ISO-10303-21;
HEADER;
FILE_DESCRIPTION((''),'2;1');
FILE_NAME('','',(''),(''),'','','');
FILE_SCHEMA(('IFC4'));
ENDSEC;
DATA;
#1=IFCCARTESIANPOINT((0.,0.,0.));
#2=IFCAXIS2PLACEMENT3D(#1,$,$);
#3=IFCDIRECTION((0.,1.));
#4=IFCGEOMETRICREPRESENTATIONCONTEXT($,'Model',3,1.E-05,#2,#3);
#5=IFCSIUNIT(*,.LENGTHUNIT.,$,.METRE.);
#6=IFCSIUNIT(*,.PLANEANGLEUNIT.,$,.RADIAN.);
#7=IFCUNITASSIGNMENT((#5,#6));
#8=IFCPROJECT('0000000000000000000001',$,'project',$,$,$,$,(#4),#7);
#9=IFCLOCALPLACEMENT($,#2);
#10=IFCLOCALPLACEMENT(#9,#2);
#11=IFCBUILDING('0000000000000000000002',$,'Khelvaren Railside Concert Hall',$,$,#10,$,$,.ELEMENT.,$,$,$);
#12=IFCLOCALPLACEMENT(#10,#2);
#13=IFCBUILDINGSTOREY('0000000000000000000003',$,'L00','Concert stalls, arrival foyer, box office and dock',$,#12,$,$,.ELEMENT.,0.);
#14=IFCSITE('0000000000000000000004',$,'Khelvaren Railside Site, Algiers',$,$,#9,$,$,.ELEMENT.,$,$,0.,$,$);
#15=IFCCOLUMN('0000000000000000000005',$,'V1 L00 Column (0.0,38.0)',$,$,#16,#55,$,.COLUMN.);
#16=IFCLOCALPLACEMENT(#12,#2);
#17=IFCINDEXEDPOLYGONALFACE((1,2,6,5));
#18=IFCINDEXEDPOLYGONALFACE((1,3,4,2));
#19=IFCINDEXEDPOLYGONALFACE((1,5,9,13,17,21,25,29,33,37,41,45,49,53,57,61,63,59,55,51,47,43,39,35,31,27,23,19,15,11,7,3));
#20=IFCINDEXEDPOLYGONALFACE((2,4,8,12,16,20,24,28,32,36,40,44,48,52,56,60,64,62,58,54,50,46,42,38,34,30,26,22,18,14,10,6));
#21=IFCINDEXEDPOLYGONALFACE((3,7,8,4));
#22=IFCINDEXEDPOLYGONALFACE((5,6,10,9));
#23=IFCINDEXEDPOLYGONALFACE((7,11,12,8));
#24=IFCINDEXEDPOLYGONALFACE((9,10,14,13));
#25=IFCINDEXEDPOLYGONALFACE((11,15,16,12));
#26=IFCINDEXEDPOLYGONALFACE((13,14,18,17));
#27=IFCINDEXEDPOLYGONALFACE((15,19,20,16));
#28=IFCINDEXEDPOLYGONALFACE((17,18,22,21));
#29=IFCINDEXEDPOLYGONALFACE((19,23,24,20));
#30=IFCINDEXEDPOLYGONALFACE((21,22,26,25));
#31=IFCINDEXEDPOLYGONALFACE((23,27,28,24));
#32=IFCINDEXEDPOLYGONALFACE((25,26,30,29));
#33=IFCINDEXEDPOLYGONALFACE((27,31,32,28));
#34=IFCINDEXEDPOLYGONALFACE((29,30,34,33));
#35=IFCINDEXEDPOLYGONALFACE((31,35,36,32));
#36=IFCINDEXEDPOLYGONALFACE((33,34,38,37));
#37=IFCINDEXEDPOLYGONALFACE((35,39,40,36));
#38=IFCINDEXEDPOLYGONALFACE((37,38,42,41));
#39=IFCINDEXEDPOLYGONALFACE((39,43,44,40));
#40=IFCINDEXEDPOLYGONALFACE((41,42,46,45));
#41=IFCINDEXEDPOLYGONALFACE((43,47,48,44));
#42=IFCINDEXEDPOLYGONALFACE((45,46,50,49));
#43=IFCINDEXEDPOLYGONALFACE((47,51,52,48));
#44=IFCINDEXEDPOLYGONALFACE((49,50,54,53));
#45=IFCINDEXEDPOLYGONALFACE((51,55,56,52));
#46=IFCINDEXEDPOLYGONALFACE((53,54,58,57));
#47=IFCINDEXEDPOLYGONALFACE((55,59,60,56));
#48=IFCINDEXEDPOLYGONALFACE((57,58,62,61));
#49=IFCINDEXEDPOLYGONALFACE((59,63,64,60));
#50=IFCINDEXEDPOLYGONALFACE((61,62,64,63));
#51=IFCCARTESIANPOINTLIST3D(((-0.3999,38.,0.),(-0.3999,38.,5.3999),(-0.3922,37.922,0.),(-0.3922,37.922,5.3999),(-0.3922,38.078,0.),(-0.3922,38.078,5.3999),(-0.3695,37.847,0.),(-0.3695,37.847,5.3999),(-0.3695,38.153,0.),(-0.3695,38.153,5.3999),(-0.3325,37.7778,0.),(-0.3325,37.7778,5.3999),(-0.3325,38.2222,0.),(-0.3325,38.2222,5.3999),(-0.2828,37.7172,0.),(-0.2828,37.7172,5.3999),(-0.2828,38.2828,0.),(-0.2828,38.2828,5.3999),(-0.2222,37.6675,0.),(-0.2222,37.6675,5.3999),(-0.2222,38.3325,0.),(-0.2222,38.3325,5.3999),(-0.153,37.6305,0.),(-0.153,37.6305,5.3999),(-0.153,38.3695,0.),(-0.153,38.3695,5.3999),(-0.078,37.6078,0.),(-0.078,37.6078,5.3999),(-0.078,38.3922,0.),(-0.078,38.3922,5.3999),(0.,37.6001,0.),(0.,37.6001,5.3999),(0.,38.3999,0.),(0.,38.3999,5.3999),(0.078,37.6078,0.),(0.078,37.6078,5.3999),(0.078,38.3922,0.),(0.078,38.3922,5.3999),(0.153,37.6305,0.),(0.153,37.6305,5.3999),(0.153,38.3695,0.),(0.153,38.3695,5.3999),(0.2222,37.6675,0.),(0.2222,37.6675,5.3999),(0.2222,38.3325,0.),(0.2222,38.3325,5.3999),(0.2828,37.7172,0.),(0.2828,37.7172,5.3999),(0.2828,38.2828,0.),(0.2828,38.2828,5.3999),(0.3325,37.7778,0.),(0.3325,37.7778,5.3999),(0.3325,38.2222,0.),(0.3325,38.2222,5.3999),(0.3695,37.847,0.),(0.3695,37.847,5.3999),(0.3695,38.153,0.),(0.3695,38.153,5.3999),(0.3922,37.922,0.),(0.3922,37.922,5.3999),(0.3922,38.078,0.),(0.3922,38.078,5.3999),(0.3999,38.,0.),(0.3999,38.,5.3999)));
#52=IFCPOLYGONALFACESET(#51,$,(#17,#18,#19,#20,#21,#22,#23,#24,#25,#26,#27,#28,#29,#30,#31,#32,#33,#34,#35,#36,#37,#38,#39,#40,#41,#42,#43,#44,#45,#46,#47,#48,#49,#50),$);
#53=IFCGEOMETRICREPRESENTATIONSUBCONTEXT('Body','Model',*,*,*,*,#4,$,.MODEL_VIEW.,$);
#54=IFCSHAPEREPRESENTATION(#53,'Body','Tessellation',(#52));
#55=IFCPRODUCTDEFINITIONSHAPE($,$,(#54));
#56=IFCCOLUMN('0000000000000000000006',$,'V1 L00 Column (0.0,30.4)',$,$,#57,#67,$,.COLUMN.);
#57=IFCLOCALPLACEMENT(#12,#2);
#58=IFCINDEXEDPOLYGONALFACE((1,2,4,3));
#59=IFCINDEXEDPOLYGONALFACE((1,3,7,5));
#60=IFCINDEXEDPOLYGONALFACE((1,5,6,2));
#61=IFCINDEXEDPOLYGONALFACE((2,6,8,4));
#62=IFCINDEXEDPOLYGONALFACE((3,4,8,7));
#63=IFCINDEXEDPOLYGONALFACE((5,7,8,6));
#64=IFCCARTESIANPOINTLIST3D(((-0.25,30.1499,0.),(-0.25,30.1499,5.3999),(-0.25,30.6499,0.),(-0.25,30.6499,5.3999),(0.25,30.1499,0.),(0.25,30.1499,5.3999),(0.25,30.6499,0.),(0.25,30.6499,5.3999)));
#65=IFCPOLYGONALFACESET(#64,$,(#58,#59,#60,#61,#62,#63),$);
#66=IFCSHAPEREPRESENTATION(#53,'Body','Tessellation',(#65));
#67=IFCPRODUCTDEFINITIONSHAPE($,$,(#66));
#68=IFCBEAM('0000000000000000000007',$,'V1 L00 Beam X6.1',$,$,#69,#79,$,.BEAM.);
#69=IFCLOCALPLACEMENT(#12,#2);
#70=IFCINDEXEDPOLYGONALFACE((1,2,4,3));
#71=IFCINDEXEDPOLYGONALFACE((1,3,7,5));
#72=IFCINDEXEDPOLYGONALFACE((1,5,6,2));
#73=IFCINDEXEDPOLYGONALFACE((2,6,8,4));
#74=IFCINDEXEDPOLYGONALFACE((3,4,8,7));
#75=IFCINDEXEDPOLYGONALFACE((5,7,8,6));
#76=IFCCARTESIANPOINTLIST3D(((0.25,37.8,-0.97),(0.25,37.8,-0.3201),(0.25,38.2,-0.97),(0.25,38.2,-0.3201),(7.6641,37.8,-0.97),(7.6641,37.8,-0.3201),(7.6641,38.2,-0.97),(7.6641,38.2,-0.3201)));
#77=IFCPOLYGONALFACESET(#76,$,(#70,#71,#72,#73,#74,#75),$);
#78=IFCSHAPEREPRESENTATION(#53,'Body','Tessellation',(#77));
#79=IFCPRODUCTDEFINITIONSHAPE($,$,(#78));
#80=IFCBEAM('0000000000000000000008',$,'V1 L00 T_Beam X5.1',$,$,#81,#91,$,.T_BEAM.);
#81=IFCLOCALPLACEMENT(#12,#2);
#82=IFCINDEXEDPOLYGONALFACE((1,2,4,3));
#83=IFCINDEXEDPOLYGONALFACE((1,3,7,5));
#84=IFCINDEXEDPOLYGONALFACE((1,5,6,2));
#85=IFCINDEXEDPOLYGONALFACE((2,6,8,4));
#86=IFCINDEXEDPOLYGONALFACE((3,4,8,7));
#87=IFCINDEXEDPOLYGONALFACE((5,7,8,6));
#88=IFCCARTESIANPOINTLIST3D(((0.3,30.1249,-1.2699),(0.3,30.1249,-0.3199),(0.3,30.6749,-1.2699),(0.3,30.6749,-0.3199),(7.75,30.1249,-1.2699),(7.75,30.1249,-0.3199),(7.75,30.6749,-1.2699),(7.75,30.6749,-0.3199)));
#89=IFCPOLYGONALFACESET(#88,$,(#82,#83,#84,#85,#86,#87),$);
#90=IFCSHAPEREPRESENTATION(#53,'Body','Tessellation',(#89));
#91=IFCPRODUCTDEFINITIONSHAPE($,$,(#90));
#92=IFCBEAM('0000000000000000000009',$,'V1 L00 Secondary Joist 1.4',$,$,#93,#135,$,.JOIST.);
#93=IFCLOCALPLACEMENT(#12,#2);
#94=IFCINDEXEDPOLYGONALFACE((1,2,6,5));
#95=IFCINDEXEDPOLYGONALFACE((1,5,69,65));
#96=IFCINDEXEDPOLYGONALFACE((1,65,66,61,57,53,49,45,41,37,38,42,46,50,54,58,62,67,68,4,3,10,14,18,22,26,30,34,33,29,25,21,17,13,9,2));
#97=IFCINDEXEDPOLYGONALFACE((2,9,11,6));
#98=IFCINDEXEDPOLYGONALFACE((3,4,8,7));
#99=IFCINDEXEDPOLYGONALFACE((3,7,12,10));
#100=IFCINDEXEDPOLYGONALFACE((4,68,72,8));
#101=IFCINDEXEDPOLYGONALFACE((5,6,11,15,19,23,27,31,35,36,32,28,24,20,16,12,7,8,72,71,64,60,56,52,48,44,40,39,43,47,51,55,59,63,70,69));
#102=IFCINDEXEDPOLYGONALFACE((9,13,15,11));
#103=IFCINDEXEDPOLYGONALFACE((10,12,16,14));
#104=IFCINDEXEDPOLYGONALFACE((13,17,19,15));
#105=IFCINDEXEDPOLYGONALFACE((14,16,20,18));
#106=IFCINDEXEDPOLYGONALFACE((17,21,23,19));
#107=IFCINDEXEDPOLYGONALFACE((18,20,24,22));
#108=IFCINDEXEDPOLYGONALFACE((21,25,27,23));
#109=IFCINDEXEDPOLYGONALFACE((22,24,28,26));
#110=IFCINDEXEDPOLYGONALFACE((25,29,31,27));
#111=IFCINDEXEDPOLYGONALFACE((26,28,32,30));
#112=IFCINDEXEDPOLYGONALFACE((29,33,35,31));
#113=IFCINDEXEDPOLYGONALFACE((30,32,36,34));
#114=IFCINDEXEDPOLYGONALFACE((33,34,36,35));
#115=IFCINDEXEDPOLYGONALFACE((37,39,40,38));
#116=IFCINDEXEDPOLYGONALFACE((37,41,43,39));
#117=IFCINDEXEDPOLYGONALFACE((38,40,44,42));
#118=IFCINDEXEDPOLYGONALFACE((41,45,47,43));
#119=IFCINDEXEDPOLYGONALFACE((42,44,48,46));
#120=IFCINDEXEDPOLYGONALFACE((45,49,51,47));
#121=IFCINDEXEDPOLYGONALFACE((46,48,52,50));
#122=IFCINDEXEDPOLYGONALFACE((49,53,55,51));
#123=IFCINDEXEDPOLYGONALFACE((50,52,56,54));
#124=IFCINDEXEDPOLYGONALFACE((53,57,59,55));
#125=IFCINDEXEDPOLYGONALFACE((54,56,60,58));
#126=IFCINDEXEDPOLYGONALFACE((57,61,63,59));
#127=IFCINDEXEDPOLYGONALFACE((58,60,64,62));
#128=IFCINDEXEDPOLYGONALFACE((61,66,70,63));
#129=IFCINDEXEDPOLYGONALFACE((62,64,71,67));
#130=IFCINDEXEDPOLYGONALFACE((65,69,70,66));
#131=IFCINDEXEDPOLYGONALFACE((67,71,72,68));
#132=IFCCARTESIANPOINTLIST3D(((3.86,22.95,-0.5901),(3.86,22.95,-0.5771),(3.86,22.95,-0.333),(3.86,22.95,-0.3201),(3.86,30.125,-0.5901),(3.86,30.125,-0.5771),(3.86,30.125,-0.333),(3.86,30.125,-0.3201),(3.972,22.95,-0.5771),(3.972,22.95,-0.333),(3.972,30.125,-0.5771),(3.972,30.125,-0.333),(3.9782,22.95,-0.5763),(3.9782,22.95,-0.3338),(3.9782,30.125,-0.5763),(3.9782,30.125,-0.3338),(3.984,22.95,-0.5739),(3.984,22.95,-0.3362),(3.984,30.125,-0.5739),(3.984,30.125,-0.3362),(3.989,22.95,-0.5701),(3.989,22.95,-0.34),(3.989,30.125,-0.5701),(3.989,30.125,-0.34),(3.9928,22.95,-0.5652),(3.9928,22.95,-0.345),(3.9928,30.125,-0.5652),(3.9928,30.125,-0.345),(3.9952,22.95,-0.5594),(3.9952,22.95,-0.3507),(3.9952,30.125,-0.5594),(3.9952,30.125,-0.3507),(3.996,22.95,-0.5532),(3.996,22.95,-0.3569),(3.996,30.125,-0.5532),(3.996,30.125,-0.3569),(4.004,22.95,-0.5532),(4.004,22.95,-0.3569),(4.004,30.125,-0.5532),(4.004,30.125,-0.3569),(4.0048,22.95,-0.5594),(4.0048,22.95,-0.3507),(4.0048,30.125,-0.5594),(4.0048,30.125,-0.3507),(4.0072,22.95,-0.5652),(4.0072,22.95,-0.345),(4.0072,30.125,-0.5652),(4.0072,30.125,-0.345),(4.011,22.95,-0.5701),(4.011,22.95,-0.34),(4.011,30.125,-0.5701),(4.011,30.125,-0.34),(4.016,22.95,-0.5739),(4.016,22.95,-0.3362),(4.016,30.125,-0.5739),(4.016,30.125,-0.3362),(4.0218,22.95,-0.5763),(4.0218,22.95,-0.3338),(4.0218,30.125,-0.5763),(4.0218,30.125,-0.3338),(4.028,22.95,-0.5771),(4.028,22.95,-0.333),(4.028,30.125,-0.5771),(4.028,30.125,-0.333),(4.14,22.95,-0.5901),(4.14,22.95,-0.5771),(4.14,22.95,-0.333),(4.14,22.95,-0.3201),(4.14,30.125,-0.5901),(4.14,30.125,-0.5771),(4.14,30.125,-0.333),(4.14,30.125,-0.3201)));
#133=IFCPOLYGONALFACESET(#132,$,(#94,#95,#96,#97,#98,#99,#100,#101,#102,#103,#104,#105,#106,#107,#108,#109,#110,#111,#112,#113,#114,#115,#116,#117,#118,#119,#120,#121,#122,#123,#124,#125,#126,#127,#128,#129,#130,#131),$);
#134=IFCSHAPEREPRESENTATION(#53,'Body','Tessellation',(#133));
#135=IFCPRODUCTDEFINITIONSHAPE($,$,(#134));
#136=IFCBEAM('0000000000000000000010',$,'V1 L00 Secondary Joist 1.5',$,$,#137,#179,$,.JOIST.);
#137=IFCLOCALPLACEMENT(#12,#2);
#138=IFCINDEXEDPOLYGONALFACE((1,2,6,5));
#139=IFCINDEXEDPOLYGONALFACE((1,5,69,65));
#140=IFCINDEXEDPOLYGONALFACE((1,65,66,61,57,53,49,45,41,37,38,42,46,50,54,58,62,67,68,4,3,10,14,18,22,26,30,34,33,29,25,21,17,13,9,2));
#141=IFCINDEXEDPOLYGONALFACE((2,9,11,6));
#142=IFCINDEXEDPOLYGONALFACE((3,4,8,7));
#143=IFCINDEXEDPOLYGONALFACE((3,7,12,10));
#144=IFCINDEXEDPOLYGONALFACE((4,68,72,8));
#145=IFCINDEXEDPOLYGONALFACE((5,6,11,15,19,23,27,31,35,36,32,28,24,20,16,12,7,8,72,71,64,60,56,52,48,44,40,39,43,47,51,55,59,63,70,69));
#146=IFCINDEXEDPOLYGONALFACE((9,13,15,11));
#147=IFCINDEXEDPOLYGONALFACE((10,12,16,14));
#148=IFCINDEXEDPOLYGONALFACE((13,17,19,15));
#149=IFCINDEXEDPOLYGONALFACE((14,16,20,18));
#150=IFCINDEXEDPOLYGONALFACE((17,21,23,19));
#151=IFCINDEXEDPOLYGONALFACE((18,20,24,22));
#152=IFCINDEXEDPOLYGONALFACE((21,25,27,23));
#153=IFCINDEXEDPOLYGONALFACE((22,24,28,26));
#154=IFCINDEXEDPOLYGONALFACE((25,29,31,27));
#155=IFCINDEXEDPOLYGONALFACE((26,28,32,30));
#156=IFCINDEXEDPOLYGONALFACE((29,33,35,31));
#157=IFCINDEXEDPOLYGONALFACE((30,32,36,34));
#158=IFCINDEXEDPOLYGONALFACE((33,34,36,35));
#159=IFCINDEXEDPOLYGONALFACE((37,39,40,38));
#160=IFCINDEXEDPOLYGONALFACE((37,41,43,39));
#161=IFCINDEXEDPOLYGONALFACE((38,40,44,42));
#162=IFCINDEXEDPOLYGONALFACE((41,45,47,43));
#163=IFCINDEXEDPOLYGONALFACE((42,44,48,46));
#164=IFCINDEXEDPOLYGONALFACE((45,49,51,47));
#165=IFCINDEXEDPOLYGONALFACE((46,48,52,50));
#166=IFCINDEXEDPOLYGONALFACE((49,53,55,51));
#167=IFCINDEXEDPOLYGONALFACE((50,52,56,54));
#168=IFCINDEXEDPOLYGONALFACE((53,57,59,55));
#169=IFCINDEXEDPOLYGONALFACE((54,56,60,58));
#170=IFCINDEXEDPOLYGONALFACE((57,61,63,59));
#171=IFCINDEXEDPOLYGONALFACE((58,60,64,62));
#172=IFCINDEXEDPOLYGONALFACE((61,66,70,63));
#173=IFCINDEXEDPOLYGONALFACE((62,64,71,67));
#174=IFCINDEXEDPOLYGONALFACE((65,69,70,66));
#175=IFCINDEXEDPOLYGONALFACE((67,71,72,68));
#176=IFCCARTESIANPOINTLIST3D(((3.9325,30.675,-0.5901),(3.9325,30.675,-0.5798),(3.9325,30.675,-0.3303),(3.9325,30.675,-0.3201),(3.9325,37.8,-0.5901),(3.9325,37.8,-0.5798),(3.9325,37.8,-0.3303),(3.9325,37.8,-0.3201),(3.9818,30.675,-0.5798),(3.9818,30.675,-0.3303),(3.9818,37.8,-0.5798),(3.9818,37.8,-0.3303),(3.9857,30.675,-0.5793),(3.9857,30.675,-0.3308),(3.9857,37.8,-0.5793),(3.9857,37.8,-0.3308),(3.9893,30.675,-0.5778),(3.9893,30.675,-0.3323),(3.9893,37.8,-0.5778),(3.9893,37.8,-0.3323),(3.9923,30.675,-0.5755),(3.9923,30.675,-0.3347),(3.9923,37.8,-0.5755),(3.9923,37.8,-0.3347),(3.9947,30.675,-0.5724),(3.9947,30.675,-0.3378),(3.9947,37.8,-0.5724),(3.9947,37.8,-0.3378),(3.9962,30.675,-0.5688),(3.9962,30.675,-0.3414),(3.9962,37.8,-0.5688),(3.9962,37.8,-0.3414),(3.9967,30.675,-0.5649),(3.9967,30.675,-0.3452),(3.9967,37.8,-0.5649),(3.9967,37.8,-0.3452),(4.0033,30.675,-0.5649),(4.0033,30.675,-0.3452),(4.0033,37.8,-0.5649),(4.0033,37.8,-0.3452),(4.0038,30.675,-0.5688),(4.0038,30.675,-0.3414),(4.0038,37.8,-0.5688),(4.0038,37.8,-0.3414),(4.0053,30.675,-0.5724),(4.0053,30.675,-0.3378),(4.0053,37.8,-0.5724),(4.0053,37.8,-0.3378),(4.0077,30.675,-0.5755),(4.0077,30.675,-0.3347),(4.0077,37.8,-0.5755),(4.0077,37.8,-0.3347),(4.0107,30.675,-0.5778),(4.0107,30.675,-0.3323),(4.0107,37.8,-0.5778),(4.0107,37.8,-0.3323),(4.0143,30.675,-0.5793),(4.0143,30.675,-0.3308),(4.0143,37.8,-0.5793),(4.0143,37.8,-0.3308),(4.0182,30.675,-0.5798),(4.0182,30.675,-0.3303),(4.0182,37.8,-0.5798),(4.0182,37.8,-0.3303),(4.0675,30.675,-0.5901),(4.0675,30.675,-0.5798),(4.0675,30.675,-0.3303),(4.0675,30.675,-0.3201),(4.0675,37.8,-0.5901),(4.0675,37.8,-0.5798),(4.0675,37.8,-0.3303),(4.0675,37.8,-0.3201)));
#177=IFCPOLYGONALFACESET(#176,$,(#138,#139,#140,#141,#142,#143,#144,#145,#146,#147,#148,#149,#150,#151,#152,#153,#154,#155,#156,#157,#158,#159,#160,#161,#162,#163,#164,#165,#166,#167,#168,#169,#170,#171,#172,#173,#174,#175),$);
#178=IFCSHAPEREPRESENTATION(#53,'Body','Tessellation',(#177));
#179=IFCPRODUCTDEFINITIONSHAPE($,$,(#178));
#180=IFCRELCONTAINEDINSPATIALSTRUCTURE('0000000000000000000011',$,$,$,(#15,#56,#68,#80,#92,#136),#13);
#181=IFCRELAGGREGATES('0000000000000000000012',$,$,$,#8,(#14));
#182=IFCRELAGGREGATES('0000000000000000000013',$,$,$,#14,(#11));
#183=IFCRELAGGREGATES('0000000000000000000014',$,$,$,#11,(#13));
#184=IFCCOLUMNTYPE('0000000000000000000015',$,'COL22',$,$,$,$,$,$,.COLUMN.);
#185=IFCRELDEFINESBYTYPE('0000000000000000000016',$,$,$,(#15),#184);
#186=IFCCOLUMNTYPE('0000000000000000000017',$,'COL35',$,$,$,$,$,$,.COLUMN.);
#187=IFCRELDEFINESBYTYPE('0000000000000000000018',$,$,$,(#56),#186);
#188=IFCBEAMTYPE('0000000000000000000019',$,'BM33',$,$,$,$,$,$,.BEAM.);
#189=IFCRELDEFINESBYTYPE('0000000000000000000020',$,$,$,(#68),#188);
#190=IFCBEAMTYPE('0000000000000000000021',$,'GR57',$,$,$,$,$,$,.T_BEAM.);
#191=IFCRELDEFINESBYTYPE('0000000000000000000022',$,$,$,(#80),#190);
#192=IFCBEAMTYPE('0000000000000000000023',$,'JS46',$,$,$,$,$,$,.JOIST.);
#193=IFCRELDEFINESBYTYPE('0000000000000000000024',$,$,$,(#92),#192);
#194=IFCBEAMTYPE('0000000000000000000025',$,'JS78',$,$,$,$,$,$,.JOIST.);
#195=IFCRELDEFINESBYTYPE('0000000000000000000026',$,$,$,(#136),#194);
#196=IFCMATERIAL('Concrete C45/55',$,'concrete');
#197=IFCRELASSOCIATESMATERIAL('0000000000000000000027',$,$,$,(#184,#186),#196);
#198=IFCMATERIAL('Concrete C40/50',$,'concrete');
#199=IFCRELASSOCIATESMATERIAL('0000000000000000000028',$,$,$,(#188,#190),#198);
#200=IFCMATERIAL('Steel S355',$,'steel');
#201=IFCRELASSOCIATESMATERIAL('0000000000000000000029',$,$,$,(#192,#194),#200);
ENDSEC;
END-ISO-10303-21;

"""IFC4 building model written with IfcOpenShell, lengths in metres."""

from ifc_helpers import new_model, si_unit, direction, frame, origin, origin_2d, place, context, subcontext, project, spatial, rectangle, circle, i_section, extrude, material, material_profile, profile_set, type_object, element, save


model = new_model("IFC4")

# Units and contexts
model_context = context("Model", 3, precision=1e-05, world=origin(), true_north=direction((0.0, 1.0)))
body_context = subcontext(model_context, "Body", "Model", "MODEL_VIEW")
ifc_project = project(units=[si_unit("LENGTHUNIT", "METRE"), si_unit("PLANEANGLEUNIT", "RADIAN")], contexts=[model_context])

# Site, building, storey
site_placement = place(None, origin())
site = spatial("IfcSite", under=ifc_project, at=site_placement, Name="Khelvaren Railside Site, Algiers", CompositionType="ELEMENT", RefElevation=0.0)
building_placement = place(site_placement, origin())
building = spatial("IfcBuilding", under=site, at=building_placement, Name="Khelvaren Railside Concert Hall", CompositionType="ELEMENT")
storey_placement = place(building_placement, origin())
storey = spatial("IfcBuildingStorey", under=building, at=storey_placement, Name="L00", Description="Concert stalls, arrival foyer, box office and dock", CompositionType="ELEMENT", Elevation=0.0)

# Columns
ifc_material_1 = material(Name="Concrete C45/55", Category="concrete")
ifc_material_profile_1 = material_profile(ifc_material_1, circle(Radius=0.3999, at=origin_2d()), Name="RC D800")
ifc_profile_set_1 = profile_set([ifc_material_profile_1], Name="Concrete C45/55")
column_type_1 = type_object("IfcColumnType", Name="COL22", PredefinedType="COLUMN", material=ifc_profile_set_1)
column_1_placement = place(storey_placement, frame((0.0, 38.0, 0.0), z_axis=(0.0, 0.0, 1.0), x_axis=(1.0, 0.0, 0.0)))
element("IfcColumn", 1, at=column_1_placement, inside=storey, type_object=column_type_1, Name="V1 L00 Column (0.0,38.0)", PredefinedType="COLUMN", context=body_context, shape_type="SweptSolid", body=[
    extrude(circle(Radius=0.3999, at=origin_2d()), origin(), (0.0, 0.0, 1.0), 5.3999),
])
ifc_material_profile_2 = material_profile(ifc_material_1, rectangle(XDim=0.5, YDim=0.5, at=origin_2d()), Name="RC 500x500")
ifc_profile_set_2 = profile_set([ifc_material_profile_2], Name="Concrete C45/55")
column_type_2 = type_object("IfcColumnType", Name="COL35", PredefinedType="COLUMN", material=ifc_profile_set_2)
column_2_placement = place(storey_placement, frame((0.0, 30.3999, 0.0), z_axis=(0.0, 0.0, 1.0), x_axis=(1.0, 0.0, 0.0)))
element("IfcColumn", 2, at=column_2_placement, inside=storey, type_object=column_type_2, Name="V1 L00 Column (0.0,30.4)", PredefinedType="COLUMN", context=body_context, shape_type="SweptSolid", body=[
    extrude(rectangle(XDim=0.5, YDim=0.5, at=origin_2d()), origin(), (0.0, 0.0, 1.0), 5.3999),
])

# Beams
ifc_material_2 = material(Name="Concrete C40/50", Category="concrete")
ifc_material_profile_3 = material_profile(ifc_material_2, rectangle(XDim=0.3999, YDim=0.6499, at=origin_2d()), Name="RCB 400x650")
ifc_profile_set_3 = profile_set([ifc_material_profile_3], Name="Concrete C40/50")
beam_type_1 = type_object("IfcBeamType", Name="BM33", PredefinedType="BEAM", material=ifc_profile_set_3)
beam_1_placement = place(storey_placement, frame((0.25, 38.0, -0.645), z_axis=(1.0, 0.0, 0.0), x_axis=(0.0, 1.0, 0.0)))
element("IfcBeam", 3, at=beam_1_placement, inside=storey, type_object=beam_type_1, Name="V1 L00 Beam X6.1", PredefinedType="BEAM", context=body_context, shape_type="SweptSolid", body=[
    extrude(rectangle(XDim=0.3999, YDim=0.6499, at=origin_2d()), origin(), (0.0, 0.0, 1.0), 7.4141),
])
ifc_material_profile_4 = material_profile(ifc_material_2, rectangle(XDim=0.55, YDim=0.95, at=origin_2d()), Name="RCB 550x950")
ifc_profile_set_4 = profile_set([ifc_material_profile_4], Name="Concrete C40/50")
beam_type_2 = type_object("IfcBeamType", Name="GR57", PredefinedType="T_BEAM", material=ifc_profile_set_4)
beam_2_placement = place(storey_placement, frame((0.3, 30.3999, -0.7949), z_axis=(1.0, 0.0, 0.0), x_axis=(0.0, 1.0, 0.0)))
element("IfcBeam", 4, at=beam_2_placement, inside=storey, type_object=beam_type_2, Name="V1 L00 T_Beam X5.1", PredefinedType="T_BEAM", context=body_context, shape_type="SweptSolid", body=[
    extrude(rectangle(XDim=0.55, YDim=0.95, at=origin_2d()), origin(), (0.0, 0.0, 1.0), 7.45),
])
ifc_material_3 = material(Name="Steel S355", Category="steel")
ifc_material_profile_5 = material_profile(ifc_material_3, i_section(OverallWidth=0.28, OverallDepth=0.27, WebThickness=0.0081, FlangeThickness=0.0129, FilletRadius=0.0239, at=origin_2d()), Name="HEA 280")
ifc_profile_set_5 = profile_set([ifc_material_profile_5], Name="Steel S355")
beam_type_3 = type_object("IfcBeamType", Name="JS46", PredefinedType="JOIST", material=ifc_profile_set_5)
beam_3_placement = place(storey_placement, frame((4.0, 22.95, -0.4551), z_axis=(0.0, 1.0, 0.0), x_axis=(-1.0, 0.0, 0.0)))
element("IfcBeam", 5, at=beam_3_placement, inside=storey, type_object=beam_type_3, Name="V1 L00 Secondary Joist 1.4", PredefinedType="JOIST", context=body_context, shape_type="SweptSolid", body=[
    extrude(i_section(OverallWidth=0.28, OverallDepth=0.27, WebThickness=0.0081, FlangeThickness=0.0129, FilletRadius=0.0239, at=origin_2d()), origin(), (0.0, 0.0, 1.0), 7.175),
])
ifc_material_profile_6 = material_profile(ifc_material_3, i_section(OverallWidth=0.135, OverallDepth=0.27, WebThickness=0.0066, FlangeThickness=0.0103, FilletRadius=0.0149, at=origin_2d()), Name="IPE 270")
ifc_profile_set_6 = profile_set([ifc_material_profile_6], Name="Steel S355")
beam_type_4 = type_object("IfcBeamType", Name="JS78", PredefinedType="JOIST", material=ifc_profile_set_6)
beam_4_placement = place(storey_placement, frame((4.0, 30.675, -0.4551), z_axis=(0.0, 1.0, 0.0), x_axis=(-1.0, 0.0, 0.0)))
element("IfcBeam", 6, at=beam_4_placement, inside=storey, type_object=beam_type_4, Name="V1 L00 Secondary Joist 1.5", PredefinedType="JOIST", context=body_context, shape_type="SweptSolid", body=[
    extrude(i_section(OverallWidth=0.135, OverallDepth=0.27, WebThickness=0.0066, FlangeThickness=0.0103, FilletRadius=0.0149, at=origin_2d()), origin(), (0.0, 0.0, 1.0), 7.125),
])

save(model, "model.ifc")
